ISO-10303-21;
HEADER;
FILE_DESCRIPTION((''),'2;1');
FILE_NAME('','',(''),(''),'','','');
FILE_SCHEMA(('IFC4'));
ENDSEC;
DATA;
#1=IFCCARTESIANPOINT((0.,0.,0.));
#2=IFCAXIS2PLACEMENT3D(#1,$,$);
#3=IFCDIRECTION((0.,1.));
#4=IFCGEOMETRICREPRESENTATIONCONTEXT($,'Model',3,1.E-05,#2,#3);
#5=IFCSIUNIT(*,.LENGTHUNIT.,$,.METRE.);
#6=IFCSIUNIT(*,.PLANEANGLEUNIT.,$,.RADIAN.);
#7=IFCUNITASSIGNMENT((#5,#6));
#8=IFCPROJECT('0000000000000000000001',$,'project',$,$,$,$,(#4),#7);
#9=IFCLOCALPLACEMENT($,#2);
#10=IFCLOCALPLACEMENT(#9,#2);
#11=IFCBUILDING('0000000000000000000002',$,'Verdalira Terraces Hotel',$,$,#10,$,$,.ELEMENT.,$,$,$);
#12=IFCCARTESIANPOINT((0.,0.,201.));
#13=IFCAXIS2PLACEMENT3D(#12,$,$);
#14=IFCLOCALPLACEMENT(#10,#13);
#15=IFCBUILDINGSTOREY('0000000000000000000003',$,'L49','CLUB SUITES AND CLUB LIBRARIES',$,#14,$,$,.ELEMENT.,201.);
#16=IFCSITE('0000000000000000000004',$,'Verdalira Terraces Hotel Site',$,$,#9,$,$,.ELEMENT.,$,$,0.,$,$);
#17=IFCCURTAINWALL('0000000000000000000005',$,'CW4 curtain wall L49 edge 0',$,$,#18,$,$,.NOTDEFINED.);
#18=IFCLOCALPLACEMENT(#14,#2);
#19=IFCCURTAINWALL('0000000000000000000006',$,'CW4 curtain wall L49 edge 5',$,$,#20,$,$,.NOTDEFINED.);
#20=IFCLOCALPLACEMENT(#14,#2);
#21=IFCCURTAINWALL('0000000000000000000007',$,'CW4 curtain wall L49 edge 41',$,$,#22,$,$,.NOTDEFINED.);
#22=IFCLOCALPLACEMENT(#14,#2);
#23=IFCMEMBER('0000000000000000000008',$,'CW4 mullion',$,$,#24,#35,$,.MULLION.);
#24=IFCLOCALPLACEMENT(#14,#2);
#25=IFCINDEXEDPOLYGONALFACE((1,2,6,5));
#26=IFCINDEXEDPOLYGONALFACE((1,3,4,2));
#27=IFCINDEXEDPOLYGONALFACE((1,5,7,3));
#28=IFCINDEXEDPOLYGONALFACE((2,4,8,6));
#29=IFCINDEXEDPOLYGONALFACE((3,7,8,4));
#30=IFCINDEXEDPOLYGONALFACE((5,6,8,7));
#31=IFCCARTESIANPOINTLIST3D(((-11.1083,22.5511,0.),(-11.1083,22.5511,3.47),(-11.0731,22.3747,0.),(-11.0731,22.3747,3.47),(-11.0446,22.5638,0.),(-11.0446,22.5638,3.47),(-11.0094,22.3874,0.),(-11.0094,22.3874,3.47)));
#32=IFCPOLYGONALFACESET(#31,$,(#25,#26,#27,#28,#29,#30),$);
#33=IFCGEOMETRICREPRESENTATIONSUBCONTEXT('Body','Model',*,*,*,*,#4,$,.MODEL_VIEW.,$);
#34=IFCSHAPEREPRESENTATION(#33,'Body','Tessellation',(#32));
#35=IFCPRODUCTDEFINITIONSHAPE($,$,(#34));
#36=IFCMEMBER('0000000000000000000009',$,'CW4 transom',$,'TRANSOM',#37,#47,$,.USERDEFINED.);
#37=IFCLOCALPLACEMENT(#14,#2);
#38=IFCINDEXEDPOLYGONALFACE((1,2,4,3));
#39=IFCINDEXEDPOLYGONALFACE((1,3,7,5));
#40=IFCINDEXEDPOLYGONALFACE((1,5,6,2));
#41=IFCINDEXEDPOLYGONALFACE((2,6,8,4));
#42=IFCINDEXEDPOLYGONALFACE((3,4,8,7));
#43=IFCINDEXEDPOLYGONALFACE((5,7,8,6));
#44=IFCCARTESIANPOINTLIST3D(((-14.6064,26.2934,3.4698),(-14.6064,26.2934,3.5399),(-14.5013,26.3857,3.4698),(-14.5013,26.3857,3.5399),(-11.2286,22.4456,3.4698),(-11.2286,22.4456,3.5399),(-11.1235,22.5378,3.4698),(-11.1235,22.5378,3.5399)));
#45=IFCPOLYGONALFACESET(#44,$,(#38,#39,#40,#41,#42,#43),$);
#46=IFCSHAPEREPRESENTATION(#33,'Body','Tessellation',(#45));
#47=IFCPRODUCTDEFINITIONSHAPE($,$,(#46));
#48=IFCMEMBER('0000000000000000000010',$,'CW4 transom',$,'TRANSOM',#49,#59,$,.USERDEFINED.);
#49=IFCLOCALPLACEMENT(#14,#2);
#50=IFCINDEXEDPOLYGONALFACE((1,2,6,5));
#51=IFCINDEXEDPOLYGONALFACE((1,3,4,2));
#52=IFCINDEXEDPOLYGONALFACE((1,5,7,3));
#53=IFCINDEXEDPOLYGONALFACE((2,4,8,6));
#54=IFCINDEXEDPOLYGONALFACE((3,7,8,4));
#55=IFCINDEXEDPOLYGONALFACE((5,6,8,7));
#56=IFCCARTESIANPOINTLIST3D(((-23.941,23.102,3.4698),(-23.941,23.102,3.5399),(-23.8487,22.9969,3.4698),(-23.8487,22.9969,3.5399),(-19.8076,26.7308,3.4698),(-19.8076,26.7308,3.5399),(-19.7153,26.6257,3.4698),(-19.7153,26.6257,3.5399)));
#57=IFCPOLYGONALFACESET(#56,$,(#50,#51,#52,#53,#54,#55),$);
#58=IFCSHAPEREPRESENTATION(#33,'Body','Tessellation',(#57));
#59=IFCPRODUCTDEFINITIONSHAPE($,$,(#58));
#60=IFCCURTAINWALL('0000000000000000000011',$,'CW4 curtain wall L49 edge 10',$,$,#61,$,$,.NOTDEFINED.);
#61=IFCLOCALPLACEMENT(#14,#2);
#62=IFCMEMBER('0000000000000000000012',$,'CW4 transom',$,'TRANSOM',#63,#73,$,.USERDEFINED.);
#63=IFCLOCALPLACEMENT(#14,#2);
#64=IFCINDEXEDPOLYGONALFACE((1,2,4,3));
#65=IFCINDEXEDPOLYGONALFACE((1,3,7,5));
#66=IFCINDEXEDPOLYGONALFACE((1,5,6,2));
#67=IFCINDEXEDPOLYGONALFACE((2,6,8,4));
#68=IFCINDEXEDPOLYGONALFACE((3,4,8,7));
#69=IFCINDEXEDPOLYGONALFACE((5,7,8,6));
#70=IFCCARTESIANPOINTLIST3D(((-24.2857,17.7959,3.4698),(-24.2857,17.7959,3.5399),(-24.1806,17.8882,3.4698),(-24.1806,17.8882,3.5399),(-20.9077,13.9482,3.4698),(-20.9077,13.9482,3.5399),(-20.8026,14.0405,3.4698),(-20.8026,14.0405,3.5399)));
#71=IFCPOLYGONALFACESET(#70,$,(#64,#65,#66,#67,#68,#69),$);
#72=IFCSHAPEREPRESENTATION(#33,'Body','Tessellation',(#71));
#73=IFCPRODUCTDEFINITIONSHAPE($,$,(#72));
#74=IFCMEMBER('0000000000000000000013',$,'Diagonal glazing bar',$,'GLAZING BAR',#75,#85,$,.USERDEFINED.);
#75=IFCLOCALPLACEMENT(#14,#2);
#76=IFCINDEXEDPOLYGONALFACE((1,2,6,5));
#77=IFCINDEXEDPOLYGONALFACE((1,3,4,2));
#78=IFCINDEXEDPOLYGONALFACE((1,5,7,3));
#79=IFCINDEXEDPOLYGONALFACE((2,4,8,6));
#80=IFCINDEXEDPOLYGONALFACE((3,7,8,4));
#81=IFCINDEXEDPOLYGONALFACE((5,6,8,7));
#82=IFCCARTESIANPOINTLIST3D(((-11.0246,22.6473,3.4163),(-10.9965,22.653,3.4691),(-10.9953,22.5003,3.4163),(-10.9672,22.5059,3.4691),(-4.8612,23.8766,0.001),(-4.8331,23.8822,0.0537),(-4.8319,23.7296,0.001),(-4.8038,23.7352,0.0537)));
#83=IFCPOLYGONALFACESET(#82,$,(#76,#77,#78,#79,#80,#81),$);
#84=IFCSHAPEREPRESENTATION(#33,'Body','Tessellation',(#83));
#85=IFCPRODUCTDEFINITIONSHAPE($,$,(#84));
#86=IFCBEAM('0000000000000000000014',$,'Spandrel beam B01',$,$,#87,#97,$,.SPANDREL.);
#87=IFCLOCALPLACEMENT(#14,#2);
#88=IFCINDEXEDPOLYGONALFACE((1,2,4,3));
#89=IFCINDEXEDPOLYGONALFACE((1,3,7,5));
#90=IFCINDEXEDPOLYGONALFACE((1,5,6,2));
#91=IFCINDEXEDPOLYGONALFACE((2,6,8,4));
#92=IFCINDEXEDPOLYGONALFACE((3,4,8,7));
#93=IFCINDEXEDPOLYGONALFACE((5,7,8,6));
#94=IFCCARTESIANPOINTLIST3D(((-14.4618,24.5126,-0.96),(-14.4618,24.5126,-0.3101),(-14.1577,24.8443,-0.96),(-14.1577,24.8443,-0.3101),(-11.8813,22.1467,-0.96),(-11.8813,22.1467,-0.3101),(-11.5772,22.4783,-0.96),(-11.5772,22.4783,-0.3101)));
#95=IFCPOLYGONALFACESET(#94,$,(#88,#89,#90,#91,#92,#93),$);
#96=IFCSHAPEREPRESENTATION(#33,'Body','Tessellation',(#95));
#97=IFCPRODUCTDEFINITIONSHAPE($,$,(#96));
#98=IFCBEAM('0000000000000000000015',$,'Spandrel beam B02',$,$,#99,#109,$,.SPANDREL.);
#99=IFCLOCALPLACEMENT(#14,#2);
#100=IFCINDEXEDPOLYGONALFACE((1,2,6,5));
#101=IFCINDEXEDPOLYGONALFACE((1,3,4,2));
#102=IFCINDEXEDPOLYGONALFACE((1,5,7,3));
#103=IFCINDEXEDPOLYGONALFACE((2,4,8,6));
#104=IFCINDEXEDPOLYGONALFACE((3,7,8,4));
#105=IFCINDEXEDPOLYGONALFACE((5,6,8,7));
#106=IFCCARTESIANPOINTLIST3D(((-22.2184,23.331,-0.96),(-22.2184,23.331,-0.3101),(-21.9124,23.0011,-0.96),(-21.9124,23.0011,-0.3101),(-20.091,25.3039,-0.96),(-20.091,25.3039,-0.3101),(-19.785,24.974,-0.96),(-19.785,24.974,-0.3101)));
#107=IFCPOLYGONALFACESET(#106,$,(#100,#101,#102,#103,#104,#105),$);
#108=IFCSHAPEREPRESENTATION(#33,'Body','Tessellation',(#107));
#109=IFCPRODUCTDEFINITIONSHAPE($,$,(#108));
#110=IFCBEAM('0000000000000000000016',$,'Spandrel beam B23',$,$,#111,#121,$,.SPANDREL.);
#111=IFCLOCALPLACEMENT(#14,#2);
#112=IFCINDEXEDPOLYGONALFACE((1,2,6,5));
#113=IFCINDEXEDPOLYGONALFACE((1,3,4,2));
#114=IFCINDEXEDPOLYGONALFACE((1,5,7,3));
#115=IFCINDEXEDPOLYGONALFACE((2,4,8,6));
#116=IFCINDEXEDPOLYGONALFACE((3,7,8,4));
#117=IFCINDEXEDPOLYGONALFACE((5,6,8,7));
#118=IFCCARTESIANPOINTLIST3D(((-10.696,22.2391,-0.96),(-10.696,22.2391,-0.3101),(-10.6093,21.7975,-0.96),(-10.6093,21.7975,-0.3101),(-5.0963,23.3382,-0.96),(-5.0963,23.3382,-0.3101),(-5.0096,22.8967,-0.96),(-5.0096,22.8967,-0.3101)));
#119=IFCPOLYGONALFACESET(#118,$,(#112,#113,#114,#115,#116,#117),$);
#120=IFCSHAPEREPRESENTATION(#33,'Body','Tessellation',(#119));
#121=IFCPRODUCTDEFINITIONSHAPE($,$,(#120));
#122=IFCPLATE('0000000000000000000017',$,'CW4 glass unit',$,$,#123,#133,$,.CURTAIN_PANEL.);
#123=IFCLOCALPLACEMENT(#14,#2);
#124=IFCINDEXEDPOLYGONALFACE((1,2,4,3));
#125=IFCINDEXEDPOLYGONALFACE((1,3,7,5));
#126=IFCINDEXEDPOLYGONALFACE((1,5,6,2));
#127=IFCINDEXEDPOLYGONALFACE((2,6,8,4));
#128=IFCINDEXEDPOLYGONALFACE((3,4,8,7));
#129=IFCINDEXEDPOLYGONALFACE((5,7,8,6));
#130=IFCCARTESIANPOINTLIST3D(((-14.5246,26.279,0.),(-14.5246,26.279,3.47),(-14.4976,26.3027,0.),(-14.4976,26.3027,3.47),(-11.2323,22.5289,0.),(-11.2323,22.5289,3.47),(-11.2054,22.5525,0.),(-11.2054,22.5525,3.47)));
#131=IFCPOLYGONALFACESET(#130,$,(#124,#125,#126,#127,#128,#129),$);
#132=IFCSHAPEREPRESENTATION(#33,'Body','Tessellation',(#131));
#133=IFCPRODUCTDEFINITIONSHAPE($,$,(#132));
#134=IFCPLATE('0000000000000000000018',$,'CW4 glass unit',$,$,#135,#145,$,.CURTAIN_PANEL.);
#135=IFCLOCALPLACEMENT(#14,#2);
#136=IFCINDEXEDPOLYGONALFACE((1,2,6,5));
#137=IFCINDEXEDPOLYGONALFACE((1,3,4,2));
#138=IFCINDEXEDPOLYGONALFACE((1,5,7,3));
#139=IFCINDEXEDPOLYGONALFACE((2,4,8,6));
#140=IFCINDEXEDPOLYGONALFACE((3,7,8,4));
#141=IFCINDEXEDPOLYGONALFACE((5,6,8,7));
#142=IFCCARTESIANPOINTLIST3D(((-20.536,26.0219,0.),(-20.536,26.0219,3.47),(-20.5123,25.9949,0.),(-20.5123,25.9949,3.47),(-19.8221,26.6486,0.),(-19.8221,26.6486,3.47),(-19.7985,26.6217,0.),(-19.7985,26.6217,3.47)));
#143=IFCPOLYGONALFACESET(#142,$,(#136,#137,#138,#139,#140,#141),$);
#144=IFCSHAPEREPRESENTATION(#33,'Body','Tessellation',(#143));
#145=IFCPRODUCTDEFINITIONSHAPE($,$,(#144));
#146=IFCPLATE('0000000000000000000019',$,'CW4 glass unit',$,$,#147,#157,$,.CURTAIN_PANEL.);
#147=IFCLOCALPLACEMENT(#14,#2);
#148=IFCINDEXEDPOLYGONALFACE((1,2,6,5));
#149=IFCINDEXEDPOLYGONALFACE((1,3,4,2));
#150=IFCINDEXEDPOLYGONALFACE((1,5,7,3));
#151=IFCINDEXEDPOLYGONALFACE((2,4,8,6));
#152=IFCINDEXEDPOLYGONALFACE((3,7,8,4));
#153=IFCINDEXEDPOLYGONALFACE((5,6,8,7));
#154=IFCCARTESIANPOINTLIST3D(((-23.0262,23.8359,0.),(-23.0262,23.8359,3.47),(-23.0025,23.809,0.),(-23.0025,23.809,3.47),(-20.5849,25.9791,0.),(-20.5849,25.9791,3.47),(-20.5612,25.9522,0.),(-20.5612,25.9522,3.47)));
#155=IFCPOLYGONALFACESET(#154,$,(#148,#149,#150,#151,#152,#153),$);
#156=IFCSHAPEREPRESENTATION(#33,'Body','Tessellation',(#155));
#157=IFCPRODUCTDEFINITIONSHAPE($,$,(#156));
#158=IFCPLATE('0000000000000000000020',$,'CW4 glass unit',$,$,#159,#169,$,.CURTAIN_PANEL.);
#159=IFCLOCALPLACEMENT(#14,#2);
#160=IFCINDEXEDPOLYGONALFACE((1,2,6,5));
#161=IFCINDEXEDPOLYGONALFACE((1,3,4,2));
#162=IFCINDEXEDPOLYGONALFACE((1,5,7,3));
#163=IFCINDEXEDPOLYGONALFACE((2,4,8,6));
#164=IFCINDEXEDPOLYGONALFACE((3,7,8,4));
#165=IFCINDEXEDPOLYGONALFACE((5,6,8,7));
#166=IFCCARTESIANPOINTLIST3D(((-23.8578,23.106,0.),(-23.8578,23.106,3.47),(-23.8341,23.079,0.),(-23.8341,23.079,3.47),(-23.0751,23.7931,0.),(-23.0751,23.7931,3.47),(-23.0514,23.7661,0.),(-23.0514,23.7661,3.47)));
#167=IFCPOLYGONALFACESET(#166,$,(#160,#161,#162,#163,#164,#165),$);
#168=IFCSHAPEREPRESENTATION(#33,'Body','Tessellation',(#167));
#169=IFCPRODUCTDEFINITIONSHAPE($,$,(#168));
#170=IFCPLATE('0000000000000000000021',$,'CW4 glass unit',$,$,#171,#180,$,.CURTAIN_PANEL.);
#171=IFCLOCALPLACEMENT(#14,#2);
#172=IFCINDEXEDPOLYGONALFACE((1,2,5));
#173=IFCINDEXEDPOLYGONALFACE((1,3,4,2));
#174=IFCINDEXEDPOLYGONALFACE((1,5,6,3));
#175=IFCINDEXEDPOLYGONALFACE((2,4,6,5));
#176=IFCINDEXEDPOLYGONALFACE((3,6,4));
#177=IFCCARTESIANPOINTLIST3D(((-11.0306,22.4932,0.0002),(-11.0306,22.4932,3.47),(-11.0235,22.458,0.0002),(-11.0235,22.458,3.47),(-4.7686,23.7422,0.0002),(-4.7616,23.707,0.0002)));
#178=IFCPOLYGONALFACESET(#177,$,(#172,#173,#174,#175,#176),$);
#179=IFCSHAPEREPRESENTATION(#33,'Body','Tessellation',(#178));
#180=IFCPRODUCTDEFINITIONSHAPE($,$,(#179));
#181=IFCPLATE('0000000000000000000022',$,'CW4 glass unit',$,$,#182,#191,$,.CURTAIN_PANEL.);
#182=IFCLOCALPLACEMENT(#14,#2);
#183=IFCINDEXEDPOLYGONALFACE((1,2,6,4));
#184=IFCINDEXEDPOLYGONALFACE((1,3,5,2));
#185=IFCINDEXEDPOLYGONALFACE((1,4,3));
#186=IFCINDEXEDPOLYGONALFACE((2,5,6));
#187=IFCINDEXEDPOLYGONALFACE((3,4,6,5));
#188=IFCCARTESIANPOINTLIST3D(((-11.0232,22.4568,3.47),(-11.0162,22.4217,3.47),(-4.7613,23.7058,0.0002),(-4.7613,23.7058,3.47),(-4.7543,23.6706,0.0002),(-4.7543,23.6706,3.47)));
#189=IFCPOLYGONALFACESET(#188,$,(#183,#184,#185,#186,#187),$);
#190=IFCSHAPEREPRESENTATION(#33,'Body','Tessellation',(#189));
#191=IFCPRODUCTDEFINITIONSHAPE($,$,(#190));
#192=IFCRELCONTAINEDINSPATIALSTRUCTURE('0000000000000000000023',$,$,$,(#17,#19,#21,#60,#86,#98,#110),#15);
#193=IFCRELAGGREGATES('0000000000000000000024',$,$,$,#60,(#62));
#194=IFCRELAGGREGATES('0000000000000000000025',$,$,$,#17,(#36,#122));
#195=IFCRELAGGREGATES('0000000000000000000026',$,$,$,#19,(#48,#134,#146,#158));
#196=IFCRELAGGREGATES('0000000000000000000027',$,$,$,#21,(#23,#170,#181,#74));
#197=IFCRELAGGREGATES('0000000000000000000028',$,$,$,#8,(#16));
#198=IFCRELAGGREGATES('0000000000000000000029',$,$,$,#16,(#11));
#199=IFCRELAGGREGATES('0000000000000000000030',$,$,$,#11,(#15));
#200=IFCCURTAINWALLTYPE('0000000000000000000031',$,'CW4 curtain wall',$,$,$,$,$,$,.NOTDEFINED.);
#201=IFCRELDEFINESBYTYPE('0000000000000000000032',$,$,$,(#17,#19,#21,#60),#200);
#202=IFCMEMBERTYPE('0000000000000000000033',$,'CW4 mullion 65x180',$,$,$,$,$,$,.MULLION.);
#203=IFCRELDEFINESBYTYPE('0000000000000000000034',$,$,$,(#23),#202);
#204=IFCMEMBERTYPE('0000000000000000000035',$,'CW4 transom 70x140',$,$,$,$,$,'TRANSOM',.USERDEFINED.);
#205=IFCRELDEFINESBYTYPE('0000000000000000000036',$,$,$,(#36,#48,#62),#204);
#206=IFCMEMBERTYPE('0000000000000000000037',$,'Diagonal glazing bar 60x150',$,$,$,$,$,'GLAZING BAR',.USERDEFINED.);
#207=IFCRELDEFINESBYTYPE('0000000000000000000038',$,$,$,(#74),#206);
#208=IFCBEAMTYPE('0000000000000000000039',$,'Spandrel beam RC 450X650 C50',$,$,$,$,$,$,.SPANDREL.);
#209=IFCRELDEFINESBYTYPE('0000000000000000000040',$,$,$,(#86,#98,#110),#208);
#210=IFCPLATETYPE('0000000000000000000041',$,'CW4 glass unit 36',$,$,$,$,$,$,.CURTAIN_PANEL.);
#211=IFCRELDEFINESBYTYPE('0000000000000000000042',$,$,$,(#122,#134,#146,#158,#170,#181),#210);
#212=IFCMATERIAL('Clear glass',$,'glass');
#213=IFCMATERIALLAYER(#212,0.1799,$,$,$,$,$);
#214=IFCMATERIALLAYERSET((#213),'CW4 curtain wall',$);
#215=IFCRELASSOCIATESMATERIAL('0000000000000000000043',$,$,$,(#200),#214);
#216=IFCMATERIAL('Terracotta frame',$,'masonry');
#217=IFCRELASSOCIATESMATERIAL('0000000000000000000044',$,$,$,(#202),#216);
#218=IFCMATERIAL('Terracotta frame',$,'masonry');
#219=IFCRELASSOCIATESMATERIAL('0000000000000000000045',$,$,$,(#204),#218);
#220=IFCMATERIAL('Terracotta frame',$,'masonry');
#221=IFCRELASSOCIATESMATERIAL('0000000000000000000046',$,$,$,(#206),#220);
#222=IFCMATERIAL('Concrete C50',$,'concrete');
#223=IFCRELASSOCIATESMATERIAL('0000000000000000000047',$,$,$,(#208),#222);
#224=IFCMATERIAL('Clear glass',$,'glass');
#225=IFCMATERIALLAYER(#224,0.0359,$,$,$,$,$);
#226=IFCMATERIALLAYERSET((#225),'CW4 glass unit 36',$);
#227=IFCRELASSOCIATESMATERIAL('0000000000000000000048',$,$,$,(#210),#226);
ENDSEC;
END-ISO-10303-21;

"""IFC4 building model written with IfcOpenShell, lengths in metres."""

from ifc_helpers import new_model, si_unit, direction, frame, origin, origin_2d, place, context, subcontext, project, spatial, polyline, rectangle, outline, extrude, material, layer, layer_set, material_profile, profile_set, type_object, element, aggregate, save


model = new_model("IFC4")

# Units and contexts
model_context = context("Model", 3, precision=1e-05, world=origin(), true_north=direction((0.0, 1.0)))
body_context = subcontext(model_context, "Body", "Model", "MODEL_VIEW")
ifc_project = project(units=[si_unit("LENGTHUNIT", "METRE"), si_unit("PLANEANGLEUNIT", "RADIAN")], contexts=[model_context])

# Site, building, storey
site_placement = place(None, origin())
site = spatial("IfcSite", under=ifc_project, at=site_placement, Name="Verdalira Terraces Hotel Site", CompositionType="ELEMENT", RefElevation=0.0)
building_placement = place(site_placement, origin())
building = spatial("IfcBuilding", under=site, at=building_placement, Name="Verdalira Terraces Hotel", CompositionType="ELEMENT")
storey_placement = place(building_placement, frame((0.0, 0.0, 201.0)))
storey = spatial("IfcBuildingStorey", under=building, at=storey_placement, Name="L49", Description="CLUB SUITES AND CLUB LIBRARIES", CompositionType="ELEMENT", Elevation=201.0)

# Curtain walls, member
ifc_material_1 = material(Name="Clear glass", Category="glass")
ifc_layer_1 = layer(ifc_material_1, 0.1799)
ifc_layer_set_1 = layer_set([ifc_layer_1], Name="CW4 curtain wall")
curtain_wall_type = type_object("IfcCurtainWallType", Name="CW4 curtain wall", PredefinedType="NOTDEFINED", material=ifc_layer_set_1)
curtain_wall_1_placement = place(storey_placement, origin())
curtain_wall_1 = element("IfcCurtainWall", 1, at=curtain_wall_1_placement, inside=storey, type_object=curtain_wall_type, Name="CW4 curtain wall L49 edge 0", PredefinedType="NOTDEFINED")
ifc_material_2 = material(Name="Terracotta frame", Category="masonry")
ifc_material_profile_1 = material_profile(ifc_material_2, rectangle(XDim=0.0649, YDim=0.1799, at=origin_2d()), Name="MU 65x180")
ifc_profile_set_1 = profile_set([ifc_material_profile_1], Name="Terracotta frame")
member_type_1 = type_object("IfcMemberType", Name="CW4 mullion 65x180", PredefinedType="MULLION", material=ifc_profile_set_1)
curtain_wall_2_placement = place(storey_placement, origin())
curtain_wall_2 = element("IfcCurtainWall", 2, at=curtain_wall_2_placement, inside=storey, type_object=curtain_wall_type, Name="CW4 curtain wall L49 edge 5", PredefinedType="NOTDEFINED")
curtain_wall_3_placement = place(storey_placement, origin())
curtain_wall_3 = element("IfcCurtainWall", 3, at=curtain_wall_3_placement, inside=storey, type_object=curtain_wall_type, Name="CW4 curtain wall L49 edge 41", PredefinedType="NOTDEFINED")
member_1_placement = place(storey_placement, frame((-11.0588, 22.4692, 0.0), z_axis=(0.0, 0.0, 1.0), x_axis=(-0.980683, -0.195604, 0.0)))
member_1 = element("IfcMember", 4, at=member_1_placement, type_object=member_type_1, Name="CW4 mullion", PredefinedType="MULLION", context=body_context, shape_type="SweptSolid", body=[
    extrude(rectangle(XDim=0.0649, YDim=0.1799, at=origin_2d()), origin(), (0.0, 0.0, 1.0), 3.47),
])

# Members
ifc_material_3 = material(Name="Terracotta frame", Category="masonry")
ifc_material_profile_2 = material_profile(ifc_material_3, rectangle(XDim=0.1399, YDim=0.0701, at=origin_2d()), Name="TR 70x140")
ifc_profile_set_2 = profile_set([ifc_material_profile_2], Name="Terracotta frame")
member_type_2 = type_object("IfcMemberType", Name="CW4 transom 70x140", ElementType="TRANSOM", PredefinedType="USERDEFINED", material=ifc_profile_set_2)
member_2_placement = place(storey_placement, frame((-11.176, 22.4917, 3.5049), z_axis=(-0.659722, 0.751509, 0.0), x_axis=(-0.751509, -0.659722, 0.0)))
member_2 = element("IfcMember", 5, at=member_2_placement, type_object=member_type_2, Name="CW4 transom", ObjectType="TRANSOM", PredefinedType="USERDEFINED", context=body_context, shape_type="SweptSolid", body=[
    extrude(rectangle(XDim=0.1399, YDim=0.0701, at=origin_2d()), origin(), (0.0, 0.0, 1.0), 5.1201),
])
member_3_placement = place(storey_placement, frame((-19.7615, 26.6782, 3.5049), z_axis=(-0.751492, -0.659742, 0.0), x_axis=(0.659742, -0.751492, 0.0)))
member_3 = element("IfcMember", 6, at=member_3_placement, type_object=member_type_2, Name="CW4 transom", ObjectType="TRANSOM", PredefinedType="USERDEFINED", context=body_context, shape_type="SweptSolid", body=[
    extrude(rectangle(XDim=0.1399, YDim=0.0701, at=origin_2d()), origin(), (0.0, 0.0, 1.0), 5.5002),
])

# Curtain wall, member
curtain_wall_4_placement = place(storey_placement, origin())
curtain_wall_4 = element("IfcCurtainWall", 7, at=curtain_wall_4_placement, inside=storey, type_object=curtain_wall_type, Name="CW4 curtain wall L49 edge 10", PredefinedType="NOTDEFINED")
member_4_placement = place(storey_placement, frame((-24.2332, 17.842, 3.5049), z_axis=(0.659746, -0.751489, 0.0), x_axis=(0.751489, 0.659746, 0.0)))
member_4 = element("IfcMember", 8, at=member_4_placement, type_object=member_type_2, Name="CW4 transom", ObjectType="TRANSOM", PredefinedType="USERDEFINED", context=body_context, shape_type="SweptSolid", body=[
    extrude(rectangle(XDim=0.1399, YDim=0.0701, at=origin_2d()), origin(), (0.0, 0.0, 1.0), 5.1201),
])
aggregate(curtain_wall_4, [member_4])

# Member
ifc_material_4 = material(Name="Terracotta frame", Category="masonry")
ifc_material_profile_3 = material_profile(ifc_material_4, rectangle(XDim=0.1499, YDim=0.0601, at=origin_2d()), Name="GB 60x150")
ifc_profile_set_3 = profile_set([ifc_material_profile_3], Name="Terracotta frame")
member_type_3 = type_object("IfcMemberType", Name="Diagonal glazing bar 60x150", ElementType="GLAZING BAR", PredefinedType="USERDEFINED", material=ifc_profile_set_3)
member_5_placement = place(storey_placement, frame((-4.8325, 23.8059, 0.0273), z_axis=(-0.861673, -0.171857, 0.477478), x_axis=(0.195593, -0.980685, 0.0)))
member_5 = element("IfcMember", 9, at=member_5_placement, type_object=member_type_3, Name="Diagonal glazing bar", ObjectType="GLAZING BAR", PredefinedType="USERDEFINED", context=body_context, shape_type="SweptSolid", body=[
    extrude(rectangle(XDim=0.1499, YDim=0.0601, at=origin_2d()), origin(), (0.0, 0.0, 1.0), 7.1528),
])

# Beams
ifc_material_5 = material(Name="Concrete C50", Category="concrete")
ifc_material_profile_4 = material_profile(ifc_material_5, rectangle(XDim=0.45, YDim=0.6499, at=origin_2d()), Name="RC 450X650")
ifc_profile_set_4 = profile_set([ifc_material_profile_4], Name="Concrete C50")
beam_type = type_object("IfcBeamType", Name="Spandrel beam RC 450X650 C50", PredefinedType="SPANDREL", material=ifc_profile_set_4)
beam_1_placement = place(storey_placement, frame((-11.7292, 22.3125, -0.635), z_axis=(-0.73709, 0.675794, 0.0), x_axis=(-0.675794, -0.73709, 0.0)))
element("IfcBeam", 10, at=beam_1_placement, inside=storey, type_object=beam_type, Name="Spandrel beam B01", PredefinedType="SPANDREL", context=body_context, shape_type="SweptSolid", body=[
    extrude(rectangle(XDim=0.45, YDim=0.6499, at=origin_2d()), origin(), (0.0, 0.0, 1.0), 3.501),
])
beam_2_placement = place(storey_placement, frame((-19.938, 25.1389, -0.635), z_axis=(-0.733237, -0.679973, 0.0), x_axis=(0.679973, -0.733237, 0.0)))
element("IfcBeam", 11, at=beam_2_placement, inside=storey, type_object=beam_type, Name="Spandrel beam B02", PredefinedType="SPANDREL", context=body_context, shape_type="SweptSolid", body=[
    extrude(rectangle(XDim=0.45, YDim=0.6499, at=origin_2d()), origin(), (0.0, 0.0, 1.0), 2.9014),
])
beam_3_placement = place(storey_placement, frame((-5.053, 23.1174, -0.635), z_axis=(-0.981275, -0.19261, 0.0), x_axis=(0.19261, -0.981275, 0.0)))
element("IfcBeam", 12, at=beam_3_placement, inside=storey, type_object=beam_type, Name="Spandrel beam B23", PredefinedType="SPANDREL", context=body_context, shape_type="SweptSolid", body=[
    extrude(rectangle(XDim=0.45, YDim=0.6499, at=origin_2d()), origin(), (0.0, 0.0, 1.0), 5.7065),
])

# Plates
ifc_material_6 = material(Name="Clear glass", Category="glass")
ifc_layer_2 = layer(ifc_material_6, 0.0359)
ifc_layer_set_2 = layer_set([ifc_layer_2], Name="CW4 glass unit 36")
plate_type = type_object("IfcPlateType", Name="CW4 glass unit 36", PredefinedType="CURTAIN_PANEL", material=ifc_layer_set_2)
plate_1_placement = place(storey_placement, frame((-12.865, 24.4158, 0.0), z_axis=(0.0, 0.0, 1.0), x_axis=(-0.659739, 0.751494, 0.0)))
plate_1 = element("IfcPlate", 13, at=plate_1_placement, type_object=plate_type, Name="CW4 glass unit", PredefinedType="CURTAIN_PANEL", context=body_context, shape_type="SweptSolid", body=[
    extrude(rectangle(XDim=4.9902, YDim=0.0359, at=origin_2d()), origin(), (0.0, 0.0, 1.0), 3.47),
])
aggregate(curtain_wall_1, [member_2, plate_1])
plate_2_placement = place(storey_placement, frame((-20.1672, 26.3218, 0.0), z_axis=(0.0, 0.0, 1.0), x_axis=(-0.751494, -0.659739, 0.0)))
plate_2 = element("IfcPlate", 14, at=plate_2_placement, type_object=plate_type, Name="CW4 glass unit", PredefinedType="CURTAIN_PANEL", context=body_context, shape_type="SweptSolid", body=[
    extrude(rectangle(XDim=0.95, YDim=0.0359, at=origin_2d()), origin(), (0.0, 0.0, 1.0), 3.47),
])
plate_3_placement = place(storey_placement, frame((-21.7937, 24.894, 0.0), z_axis=(0.0, 0.0, 1.0), x_axis=(-0.751494, -0.659739, 0.0)))
plate_3 = element("IfcPlate", 15, at=plate_3_placement, type_object=plate_type, Name="CW4 glass unit", PredefinedType="CURTAIN_PANEL", context=body_context, shape_type="SweptSolid", body=[
    extrude(rectangle(XDim=3.2485, YDim=0.0359, at=origin_2d()), origin(), (0.0, 0.0, 1.0), 3.47),
])
plate_4_placement = place(storey_placement, frame((-23.4546, 23.436, 0.0), z_axis=(0.0, 0.0, 1.0), x_axis=(-0.751494, -0.659739, 0.0)))
plate_4 = element("IfcPlate", 16, at=plate_4_placement, type_object=plate_type, Name="CW4 glass unit", PredefinedType="CURTAIN_PANEL", context=body_context, shape_type="SweptSolid", body=[
    extrude(rectangle(XDim=1.0415, YDim=0.0359, at=origin_2d()), origin(), (0.0, 0.0, 1.0), 3.47),
])
aggregate(curtain_wall_2, [member_3, plate_2, plate_3, plate_4])
plate_5_placement = place(storey_placement, frame((-7.8926, 23.0825, 1.7351), z_axis=(-0.195604, 0.980683, 0.0), x_axis=(-0.980683, -0.195604, 0.0)))
plate_5 = element("IfcPlate", 17, at=plate_5_placement, type_object=plate_type, Name="CW4 glass unit", PredefinedType="CURTAIN_PANEL", context=body_context, shape_type="SweptSolid", body=[
    extrude(outline(polyline([(-3.1926, -1.7349), (3.1926, -1.7349), (3.1926, 1.7349), (-3.1926, -1.7349)])), origin(), (0.0, 0.0, 1.0), 0.0359),
])
plate_6_placement = place(storey_placement, frame((-7.8853, 23.0461, 1.7351), z_axis=(-0.195604, 0.980683, 0.0), x_axis=(-0.980683, -0.195604, 0.0)))
plate_6 = element("IfcPlate", 18, at=plate_6_placement, type_object=plate_type, Name="CW4 glass unit", PredefinedType="CURTAIN_PANEL", context=body_context, shape_type="SweptSolid", body=[
    extrude(outline(polyline([(-3.1926, -1.7349), (3.1926, 1.7349), (-3.1926, 1.7349), (-3.1926, -1.7349)])), origin(), (0.0, 0.0, 1.0), 0.0359),
])
aggregate(curtain_wall_3, [member_1, plate_5, plate_6, member_5])

save(model, "model.ifc")
